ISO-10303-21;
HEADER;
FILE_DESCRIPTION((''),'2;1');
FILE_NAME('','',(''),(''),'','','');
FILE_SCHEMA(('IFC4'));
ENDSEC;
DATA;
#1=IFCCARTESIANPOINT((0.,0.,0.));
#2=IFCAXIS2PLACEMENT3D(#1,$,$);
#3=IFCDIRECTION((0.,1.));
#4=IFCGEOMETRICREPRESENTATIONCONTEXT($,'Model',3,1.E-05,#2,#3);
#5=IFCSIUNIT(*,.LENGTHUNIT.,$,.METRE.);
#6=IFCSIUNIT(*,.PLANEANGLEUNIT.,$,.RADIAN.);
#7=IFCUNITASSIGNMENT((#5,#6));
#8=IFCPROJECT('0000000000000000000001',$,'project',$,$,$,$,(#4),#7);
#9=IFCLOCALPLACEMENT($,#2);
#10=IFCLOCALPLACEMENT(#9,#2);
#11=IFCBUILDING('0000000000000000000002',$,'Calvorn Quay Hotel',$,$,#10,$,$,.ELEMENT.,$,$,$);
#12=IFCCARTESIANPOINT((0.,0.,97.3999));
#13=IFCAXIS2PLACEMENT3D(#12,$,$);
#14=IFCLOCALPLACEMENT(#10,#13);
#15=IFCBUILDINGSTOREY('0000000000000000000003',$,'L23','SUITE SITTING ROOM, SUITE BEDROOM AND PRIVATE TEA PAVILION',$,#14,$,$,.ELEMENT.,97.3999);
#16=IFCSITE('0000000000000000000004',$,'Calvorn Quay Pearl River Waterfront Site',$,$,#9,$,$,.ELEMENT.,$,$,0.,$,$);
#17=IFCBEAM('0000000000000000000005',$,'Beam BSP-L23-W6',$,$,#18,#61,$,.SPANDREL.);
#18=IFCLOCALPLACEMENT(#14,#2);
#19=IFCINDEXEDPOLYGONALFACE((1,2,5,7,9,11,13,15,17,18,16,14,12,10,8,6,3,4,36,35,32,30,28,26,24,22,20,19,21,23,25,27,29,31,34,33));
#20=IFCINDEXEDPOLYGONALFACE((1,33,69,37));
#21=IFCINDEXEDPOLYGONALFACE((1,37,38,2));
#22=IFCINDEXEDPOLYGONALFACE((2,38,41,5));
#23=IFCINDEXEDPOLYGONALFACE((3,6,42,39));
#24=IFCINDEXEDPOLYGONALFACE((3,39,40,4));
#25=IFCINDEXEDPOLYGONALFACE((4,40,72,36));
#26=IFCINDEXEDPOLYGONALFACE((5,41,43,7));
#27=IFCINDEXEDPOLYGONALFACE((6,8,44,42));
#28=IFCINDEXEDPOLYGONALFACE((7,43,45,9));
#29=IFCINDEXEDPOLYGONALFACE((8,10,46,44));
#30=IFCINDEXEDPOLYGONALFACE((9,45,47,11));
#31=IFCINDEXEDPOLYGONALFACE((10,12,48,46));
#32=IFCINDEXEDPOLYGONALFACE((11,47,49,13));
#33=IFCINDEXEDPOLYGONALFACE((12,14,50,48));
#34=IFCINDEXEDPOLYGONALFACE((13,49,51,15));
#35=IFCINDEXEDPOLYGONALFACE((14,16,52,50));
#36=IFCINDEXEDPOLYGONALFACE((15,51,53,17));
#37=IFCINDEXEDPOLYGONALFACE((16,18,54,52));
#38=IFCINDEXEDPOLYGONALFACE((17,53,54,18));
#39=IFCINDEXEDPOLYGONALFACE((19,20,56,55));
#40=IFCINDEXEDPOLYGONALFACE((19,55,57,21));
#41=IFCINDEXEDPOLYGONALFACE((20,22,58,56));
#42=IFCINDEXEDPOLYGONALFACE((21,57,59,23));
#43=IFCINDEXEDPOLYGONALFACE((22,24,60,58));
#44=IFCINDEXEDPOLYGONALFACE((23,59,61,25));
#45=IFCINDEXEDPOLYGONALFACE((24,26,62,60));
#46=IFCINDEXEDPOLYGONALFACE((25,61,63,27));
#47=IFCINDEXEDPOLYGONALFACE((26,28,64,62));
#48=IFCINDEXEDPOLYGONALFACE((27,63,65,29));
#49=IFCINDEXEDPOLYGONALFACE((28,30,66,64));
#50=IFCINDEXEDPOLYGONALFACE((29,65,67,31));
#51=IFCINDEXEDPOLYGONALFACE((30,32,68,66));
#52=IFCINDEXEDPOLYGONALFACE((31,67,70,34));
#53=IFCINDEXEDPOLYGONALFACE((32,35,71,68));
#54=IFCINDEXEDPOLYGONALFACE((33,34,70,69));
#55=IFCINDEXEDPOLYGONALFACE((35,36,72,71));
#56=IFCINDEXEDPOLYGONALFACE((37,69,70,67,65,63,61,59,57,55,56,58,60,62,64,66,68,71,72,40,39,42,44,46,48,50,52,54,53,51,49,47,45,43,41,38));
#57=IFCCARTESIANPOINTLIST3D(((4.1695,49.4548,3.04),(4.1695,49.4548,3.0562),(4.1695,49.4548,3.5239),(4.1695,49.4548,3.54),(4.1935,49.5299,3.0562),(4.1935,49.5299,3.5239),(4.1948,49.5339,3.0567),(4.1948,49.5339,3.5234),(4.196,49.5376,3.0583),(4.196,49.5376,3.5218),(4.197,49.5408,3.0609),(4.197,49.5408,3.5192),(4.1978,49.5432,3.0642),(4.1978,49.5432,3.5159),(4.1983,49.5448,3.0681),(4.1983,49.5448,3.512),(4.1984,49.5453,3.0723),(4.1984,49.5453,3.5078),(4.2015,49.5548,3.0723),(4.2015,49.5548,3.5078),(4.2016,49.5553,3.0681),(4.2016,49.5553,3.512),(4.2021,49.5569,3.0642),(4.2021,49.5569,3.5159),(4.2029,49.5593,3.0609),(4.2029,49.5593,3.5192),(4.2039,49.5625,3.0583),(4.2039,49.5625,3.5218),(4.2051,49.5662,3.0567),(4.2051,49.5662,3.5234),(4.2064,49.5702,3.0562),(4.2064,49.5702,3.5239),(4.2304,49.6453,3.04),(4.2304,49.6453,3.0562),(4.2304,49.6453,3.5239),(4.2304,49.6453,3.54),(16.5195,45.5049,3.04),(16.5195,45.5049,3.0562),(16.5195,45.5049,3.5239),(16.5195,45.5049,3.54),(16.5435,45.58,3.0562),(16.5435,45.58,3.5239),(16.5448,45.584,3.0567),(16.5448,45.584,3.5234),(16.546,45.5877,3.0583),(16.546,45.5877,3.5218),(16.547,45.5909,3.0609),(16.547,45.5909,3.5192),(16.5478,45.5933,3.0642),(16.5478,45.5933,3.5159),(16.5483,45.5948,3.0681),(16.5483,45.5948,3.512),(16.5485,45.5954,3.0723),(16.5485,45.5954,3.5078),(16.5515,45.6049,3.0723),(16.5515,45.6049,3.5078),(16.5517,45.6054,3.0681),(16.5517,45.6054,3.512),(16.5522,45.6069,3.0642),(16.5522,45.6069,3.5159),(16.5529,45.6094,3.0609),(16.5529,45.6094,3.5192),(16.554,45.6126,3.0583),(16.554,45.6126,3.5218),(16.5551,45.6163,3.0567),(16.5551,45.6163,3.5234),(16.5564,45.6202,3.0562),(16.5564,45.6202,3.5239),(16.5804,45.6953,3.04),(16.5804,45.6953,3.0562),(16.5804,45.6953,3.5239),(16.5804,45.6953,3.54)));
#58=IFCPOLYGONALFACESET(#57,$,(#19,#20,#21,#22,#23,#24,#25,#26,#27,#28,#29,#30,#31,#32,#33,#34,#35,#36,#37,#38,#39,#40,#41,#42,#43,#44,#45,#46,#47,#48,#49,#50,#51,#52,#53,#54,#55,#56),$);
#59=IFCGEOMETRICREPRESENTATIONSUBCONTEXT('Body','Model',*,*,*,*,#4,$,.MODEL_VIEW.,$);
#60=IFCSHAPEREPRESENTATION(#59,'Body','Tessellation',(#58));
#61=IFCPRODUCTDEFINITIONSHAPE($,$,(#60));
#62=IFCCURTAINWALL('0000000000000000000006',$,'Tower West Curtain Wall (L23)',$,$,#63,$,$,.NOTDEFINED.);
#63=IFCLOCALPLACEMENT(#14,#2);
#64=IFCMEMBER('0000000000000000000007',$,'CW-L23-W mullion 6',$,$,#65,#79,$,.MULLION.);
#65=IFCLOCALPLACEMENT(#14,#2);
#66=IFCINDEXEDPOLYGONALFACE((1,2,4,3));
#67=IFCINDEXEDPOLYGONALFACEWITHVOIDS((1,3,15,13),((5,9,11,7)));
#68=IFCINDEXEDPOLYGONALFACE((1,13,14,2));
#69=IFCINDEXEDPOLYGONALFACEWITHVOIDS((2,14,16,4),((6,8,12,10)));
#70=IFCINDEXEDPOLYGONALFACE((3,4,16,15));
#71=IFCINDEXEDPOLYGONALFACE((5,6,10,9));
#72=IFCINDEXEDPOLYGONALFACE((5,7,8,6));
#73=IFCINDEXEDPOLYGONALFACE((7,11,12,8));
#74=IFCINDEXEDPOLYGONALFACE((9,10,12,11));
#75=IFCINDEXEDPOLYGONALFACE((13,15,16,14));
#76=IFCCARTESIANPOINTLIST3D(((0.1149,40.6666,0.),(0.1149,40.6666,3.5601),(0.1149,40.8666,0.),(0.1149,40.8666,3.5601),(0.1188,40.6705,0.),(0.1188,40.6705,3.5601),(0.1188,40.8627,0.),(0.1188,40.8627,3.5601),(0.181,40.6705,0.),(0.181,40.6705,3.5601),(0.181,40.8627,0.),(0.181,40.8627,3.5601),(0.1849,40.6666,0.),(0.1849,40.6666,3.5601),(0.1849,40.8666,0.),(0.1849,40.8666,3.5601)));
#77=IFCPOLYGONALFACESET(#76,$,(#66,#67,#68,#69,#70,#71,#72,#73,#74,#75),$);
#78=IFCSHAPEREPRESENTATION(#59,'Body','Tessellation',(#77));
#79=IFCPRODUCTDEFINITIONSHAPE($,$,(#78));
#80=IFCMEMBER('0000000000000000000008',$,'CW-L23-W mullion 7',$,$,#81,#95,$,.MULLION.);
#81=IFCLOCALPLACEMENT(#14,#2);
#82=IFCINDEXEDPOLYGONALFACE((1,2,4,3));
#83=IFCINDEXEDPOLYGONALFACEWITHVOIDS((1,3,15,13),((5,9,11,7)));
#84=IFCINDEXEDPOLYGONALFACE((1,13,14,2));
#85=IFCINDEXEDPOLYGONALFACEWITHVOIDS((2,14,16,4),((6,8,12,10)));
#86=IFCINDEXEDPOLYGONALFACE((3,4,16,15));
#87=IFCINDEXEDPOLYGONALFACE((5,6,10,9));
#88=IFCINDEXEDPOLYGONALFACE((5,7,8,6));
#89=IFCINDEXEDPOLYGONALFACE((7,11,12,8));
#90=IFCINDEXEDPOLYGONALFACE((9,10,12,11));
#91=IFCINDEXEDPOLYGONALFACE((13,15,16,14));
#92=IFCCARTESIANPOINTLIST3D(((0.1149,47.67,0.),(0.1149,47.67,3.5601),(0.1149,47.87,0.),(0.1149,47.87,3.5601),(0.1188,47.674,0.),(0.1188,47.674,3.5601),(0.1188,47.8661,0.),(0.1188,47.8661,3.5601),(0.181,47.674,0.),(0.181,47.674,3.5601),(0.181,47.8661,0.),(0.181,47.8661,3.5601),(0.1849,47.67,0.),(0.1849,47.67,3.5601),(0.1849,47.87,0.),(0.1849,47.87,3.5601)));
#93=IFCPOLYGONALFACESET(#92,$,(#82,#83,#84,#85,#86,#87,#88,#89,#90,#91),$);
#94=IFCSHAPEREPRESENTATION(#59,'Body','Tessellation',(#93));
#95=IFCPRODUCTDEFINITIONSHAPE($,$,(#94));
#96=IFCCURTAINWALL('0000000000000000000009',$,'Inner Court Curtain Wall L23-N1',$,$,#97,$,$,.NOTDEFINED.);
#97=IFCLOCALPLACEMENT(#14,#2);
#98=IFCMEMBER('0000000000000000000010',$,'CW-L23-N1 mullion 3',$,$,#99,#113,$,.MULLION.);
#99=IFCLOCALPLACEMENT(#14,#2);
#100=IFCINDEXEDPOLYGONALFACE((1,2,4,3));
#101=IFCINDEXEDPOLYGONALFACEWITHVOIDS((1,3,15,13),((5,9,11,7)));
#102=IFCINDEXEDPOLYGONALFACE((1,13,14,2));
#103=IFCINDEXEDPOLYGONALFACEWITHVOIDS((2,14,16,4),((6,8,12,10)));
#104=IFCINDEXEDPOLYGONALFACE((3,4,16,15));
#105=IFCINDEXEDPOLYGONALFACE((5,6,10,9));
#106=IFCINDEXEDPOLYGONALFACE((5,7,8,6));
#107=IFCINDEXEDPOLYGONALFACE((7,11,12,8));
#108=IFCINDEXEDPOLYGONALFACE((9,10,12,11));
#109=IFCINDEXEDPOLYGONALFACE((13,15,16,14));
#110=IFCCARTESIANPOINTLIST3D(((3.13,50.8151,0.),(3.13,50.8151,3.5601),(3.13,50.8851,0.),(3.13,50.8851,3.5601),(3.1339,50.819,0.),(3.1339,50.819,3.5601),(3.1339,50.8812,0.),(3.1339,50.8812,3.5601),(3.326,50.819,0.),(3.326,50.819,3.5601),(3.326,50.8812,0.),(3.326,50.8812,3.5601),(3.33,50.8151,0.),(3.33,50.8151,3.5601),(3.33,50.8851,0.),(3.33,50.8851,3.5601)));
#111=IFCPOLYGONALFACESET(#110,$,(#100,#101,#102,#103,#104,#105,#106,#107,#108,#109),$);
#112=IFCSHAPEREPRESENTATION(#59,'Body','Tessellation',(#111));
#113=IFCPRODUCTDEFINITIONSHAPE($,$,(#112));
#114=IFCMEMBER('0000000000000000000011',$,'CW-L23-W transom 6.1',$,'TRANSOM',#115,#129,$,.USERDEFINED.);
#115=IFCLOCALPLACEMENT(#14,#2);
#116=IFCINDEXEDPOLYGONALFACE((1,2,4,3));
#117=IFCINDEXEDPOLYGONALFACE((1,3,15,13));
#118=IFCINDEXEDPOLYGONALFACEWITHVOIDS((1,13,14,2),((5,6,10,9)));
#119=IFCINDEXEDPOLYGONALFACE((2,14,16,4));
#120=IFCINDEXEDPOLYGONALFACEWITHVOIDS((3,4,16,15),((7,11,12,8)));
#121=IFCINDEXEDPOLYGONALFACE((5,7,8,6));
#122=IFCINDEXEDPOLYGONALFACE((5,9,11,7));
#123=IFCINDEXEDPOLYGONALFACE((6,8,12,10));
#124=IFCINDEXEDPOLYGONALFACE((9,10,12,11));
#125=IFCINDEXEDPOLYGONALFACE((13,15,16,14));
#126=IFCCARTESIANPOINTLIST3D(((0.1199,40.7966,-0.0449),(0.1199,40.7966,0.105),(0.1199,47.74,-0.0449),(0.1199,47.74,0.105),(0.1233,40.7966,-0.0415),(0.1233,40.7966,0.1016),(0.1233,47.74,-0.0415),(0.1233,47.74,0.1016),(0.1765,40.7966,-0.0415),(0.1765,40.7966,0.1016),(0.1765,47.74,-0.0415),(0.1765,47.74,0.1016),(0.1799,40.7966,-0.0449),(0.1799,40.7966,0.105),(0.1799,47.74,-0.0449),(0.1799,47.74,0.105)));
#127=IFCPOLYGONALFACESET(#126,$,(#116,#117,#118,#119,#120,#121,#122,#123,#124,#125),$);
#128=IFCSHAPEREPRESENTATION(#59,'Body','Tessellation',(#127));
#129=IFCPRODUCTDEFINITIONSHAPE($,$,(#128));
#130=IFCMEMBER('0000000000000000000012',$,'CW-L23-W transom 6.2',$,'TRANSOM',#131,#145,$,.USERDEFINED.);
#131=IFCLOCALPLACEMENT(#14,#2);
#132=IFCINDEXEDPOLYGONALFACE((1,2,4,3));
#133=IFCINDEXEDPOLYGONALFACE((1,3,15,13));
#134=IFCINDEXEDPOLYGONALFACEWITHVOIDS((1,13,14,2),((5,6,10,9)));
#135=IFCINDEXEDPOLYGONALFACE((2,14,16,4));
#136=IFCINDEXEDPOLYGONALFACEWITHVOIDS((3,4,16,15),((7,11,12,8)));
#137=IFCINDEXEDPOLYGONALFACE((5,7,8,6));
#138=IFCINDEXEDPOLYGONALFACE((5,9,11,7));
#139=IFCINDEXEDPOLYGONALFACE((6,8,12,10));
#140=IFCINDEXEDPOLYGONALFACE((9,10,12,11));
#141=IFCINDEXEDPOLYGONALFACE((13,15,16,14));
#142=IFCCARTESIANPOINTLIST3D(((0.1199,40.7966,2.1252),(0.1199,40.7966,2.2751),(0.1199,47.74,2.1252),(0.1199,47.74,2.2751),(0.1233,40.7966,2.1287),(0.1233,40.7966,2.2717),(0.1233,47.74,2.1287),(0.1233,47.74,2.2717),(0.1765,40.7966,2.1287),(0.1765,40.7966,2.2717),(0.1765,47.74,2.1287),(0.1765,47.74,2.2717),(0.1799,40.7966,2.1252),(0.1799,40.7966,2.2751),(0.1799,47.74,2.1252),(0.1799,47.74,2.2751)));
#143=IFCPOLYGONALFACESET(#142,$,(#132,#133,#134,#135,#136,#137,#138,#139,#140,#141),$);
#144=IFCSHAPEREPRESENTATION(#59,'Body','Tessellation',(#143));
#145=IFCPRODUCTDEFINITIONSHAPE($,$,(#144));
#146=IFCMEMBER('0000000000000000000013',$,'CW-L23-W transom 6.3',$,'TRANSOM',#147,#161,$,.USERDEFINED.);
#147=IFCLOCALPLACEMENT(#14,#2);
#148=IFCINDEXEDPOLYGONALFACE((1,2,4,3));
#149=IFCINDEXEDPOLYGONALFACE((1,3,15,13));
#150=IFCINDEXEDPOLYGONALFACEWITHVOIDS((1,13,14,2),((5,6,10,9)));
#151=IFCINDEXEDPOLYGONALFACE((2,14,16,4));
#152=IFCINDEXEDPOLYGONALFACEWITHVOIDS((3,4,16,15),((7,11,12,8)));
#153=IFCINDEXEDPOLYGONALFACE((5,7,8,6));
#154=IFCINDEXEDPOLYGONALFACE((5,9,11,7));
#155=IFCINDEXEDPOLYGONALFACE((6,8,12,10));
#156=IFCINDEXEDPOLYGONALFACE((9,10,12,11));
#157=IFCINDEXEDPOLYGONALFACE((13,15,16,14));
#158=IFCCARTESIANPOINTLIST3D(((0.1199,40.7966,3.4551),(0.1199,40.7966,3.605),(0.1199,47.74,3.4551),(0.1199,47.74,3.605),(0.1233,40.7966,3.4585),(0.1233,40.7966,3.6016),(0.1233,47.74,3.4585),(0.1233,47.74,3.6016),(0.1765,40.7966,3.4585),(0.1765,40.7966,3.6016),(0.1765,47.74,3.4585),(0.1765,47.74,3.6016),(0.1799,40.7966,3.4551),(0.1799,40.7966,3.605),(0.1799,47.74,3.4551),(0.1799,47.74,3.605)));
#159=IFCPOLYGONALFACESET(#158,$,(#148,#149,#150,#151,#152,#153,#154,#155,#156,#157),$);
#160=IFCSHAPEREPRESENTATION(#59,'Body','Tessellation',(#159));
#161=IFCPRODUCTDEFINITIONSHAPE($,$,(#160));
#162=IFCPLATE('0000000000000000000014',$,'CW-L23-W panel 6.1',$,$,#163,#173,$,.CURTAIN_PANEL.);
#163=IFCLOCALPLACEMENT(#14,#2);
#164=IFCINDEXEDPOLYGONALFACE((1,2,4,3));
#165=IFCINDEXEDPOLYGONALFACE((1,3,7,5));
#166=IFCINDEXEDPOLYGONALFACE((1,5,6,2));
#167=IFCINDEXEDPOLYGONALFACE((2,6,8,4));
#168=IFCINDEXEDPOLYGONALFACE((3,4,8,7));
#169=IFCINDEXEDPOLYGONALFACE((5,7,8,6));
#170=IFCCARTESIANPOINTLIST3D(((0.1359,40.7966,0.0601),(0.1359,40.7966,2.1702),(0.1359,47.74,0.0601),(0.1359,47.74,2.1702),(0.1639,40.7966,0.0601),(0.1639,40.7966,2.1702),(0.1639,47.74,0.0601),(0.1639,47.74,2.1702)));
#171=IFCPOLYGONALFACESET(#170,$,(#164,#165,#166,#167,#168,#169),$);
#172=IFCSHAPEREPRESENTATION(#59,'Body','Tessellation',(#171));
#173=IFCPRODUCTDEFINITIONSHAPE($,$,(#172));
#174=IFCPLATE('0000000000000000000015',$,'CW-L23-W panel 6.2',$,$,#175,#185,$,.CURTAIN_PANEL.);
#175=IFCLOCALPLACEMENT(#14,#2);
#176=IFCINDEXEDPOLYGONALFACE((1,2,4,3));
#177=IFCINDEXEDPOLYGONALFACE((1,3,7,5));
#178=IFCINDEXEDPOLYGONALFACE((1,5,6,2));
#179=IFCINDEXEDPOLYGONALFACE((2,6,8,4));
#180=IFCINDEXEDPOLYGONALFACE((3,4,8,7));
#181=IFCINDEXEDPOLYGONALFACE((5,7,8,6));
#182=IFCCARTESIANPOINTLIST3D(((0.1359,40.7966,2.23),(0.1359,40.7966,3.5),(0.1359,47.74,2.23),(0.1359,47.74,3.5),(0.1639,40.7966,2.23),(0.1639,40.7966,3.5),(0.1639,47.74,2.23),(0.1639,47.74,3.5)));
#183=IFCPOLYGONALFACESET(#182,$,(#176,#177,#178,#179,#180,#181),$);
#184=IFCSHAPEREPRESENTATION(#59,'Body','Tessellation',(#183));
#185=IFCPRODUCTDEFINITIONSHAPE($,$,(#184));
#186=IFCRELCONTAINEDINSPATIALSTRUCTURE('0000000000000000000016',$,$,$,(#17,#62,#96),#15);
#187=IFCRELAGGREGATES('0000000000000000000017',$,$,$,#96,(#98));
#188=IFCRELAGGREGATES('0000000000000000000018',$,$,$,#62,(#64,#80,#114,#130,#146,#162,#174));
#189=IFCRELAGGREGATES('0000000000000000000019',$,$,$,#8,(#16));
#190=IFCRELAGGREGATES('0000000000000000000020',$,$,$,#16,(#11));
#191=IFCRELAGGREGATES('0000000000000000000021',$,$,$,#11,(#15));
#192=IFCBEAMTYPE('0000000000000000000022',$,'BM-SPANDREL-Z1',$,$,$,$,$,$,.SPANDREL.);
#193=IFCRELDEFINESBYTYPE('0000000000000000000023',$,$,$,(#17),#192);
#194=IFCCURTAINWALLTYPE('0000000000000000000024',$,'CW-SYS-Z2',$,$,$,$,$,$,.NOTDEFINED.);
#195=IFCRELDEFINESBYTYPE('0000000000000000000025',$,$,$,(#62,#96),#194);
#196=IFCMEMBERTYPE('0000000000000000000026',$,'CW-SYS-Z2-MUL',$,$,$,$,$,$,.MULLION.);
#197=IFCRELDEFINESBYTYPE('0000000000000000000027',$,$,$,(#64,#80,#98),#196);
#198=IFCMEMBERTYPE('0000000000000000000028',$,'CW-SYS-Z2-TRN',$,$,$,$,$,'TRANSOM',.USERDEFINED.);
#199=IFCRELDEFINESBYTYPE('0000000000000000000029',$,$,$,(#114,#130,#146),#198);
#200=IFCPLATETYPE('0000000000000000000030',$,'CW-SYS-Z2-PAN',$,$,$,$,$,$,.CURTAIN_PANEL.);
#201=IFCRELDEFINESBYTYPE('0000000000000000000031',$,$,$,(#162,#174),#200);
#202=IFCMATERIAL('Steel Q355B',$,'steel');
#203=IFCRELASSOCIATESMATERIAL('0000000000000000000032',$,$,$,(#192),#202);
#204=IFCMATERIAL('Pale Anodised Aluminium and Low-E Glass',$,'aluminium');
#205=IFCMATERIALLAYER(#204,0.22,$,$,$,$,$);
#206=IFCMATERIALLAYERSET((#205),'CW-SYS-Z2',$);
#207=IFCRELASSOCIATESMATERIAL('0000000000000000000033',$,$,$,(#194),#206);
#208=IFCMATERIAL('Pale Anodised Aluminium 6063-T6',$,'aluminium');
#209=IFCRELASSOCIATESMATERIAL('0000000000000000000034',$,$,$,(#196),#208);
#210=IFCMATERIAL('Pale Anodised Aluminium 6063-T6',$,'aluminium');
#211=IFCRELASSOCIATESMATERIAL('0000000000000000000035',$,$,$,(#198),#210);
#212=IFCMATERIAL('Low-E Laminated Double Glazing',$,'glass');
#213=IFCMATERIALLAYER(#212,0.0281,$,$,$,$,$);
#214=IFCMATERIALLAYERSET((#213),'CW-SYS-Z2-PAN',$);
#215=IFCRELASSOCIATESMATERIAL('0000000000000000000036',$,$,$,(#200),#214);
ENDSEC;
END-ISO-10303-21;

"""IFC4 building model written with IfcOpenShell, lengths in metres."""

from ifc_helpers import new_model, si_unit, direction, frame, origin, origin_2d, place, context, subcontext, project, spatial, rectangle, hollow_rectangle, i_section, extrude, material, layer, layer_set, material_profile, profile_set, type_object, element, aggregate, save


model = new_model("IFC4")

# Units and contexts
model_context = context("Model", 3, precision=1e-05, world=origin(), true_north=direction((0.0, 1.0)))
body_context = subcontext(model_context, "Body", "Model", "MODEL_VIEW")
ifc_project = project(units=[si_unit("LENGTHUNIT", "METRE"), si_unit("PLANEANGLEUNIT", "RADIAN")], contexts=[model_context])

# Site, building, storey
site_placement = place(None, origin())
site = spatial("IfcSite", under=ifc_project, at=site_placement, Name="Calvorn Quay Pearl River Waterfront Site", CompositionType="ELEMENT", RefElevation=0.0)
building_placement = place(site_placement, origin())
building = spatial("IfcBuilding", under=site, at=building_placement, Name="Calvorn Quay Hotel", CompositionType="ELEMENT")
storey_placement = place(building_placement, frame((0.0, 0.0, 97.3999)))
storey = spatial("IfcBuildingStorey", under=building, at=storey_placement, Name="L23", Description="SUITE SITTING ROOM, SUITE BEDROOM AND PRIVATE TEA PAVILION", CompositionType="ELEMENT", Elevation=97.3999)

# Beam
ifc_material_1 = material(Name="Steel Q355B", Category="steel")
ifc_material_profile_1 = material_profile(ifc_material_1, i_section(OverallWidth=0.2, OverallDepth=0.5, WebThickness=0.01, FlangeThickness=0.0161, FilletRadius=0.0161, at=origin_2d()), Name="HN500x200x10x16")
ifc_profile_set_1 = profile_set([ifc_material_profile_1], Name="Steel Q355B")
beam_type_1 = type_object("IfcBeamType", Name="BM-SPANDREL-Z1", PredefinedType="SPANDREL", material=ifc_profile_set_1)
beam_1_placement = place(storey_placement, frame((4.2, 49.55, 3.29), z_axis=(0.952471, -0.30463, 0.0), x_axis=(0.30463, 0.952471, 0.0)))
element("IfcBeam", 1, at=beam_1_placement, inside=storey, type_object=beam_type_1, Name="Beam BSP-L23-W6", PredefinedType="SPANDREL", context=body_context, shape_type="SweptSolid", body=[
    extrude(i_section(OverallWidth=0.2, OverallDepth=0.5, WebThickness=0.01, FlangeThickness=0.0161, FilletRadius=0.0161, at=origin_2d()), origin(), (0.0, 0.0, 1.0), 12.9663),
])

# Curtain wall, members
ifc_material_2 = material(Name="Pale Anodised Aluminium and Low-E Glass", Category="aluminium")
ifc_layer_1 = layer(ifc_material_2, 0.22)
ifc_layer_set_1 = layer_set([ifc_layer_1], Name="CW-SYS-Z2")
curtain_wall_type = type_object("IfcCurtainWallType", Name="CW-SYS-Z2", PredefinedType="NOTDEFINED", material=ifc_layer_set_1)
curtain_wall_1_placement = place(storey_placement, origin())
curtain_wall_1 = element("IfcCurtainWall", 2, at=curtain_wall_1_placement, inside=storey, type_object=curtain_wall_type, Name="Tower West Curtain Wall (L23)", PredefinedType="NOTDEFINED")
ifc_material_3 = material(Name="Pale Anodised Aluminium 6063-T6", Category="aluminium")
ifc_material_profile_2 = material_profile(ifc_material_3, hollow_rectangle(XDim=0.0701, YDim=0.2, WallThickness=0.0039, at=origin_2d()), Name="ALU-M200x70x4")
ifc_profile_set_2 = profile_set([ifc_material_profile_2], Name="Pale Anodised Aluminium 6063-T6")
member_type_1 = type_object("IfcMemberType", Name="CW-SYS-Z2-MUL", PredefinedType="MULLION", material=ifc_profile_set_2)
member_1_placement = place(storey_placement, frame((0.1499, 40.7666, 0.0), z_axis=(0.0, 0.0, 1.0), x_axis=(-1.0, 0.0, 0.0)))
member_1 = element("IfcMember", 3, at=member_1_placement, type_object=member_type_1, Name="CW-L23-W mullion 6", PredefinedType="MULLION", context=body_context, shape_type="SweptSolid", body=[
    extrude(hollow_rectangle(XDim=0.0701, YDim=0.2, WallThickness=0.0039, at=origin_2d()), origin(), (0.0, 0.0, 1.0), 3.5601),
])
member_2_placement = place(storey_placement, frame((0.1499, 47.77, 0.0), z_axis=(0.0, 0.0, 1.0), x_axis=(-1.0, 0.0, 0.0)))
member_2 = element("IfcMember", 4, at=member_2_placement, type_object=member_type_1, Name="CW-L23-W mullion 7", PredefinedType="MULLION", context=body_context, shape_type="SweptSolid", body=[
    extrude(hollow_rectangle(XDim=0.0701, YDim=0.2, WallThickness=0.0039, at=origin_2d()), origin(), (0.0, 0.0, 1.0), 3.5601),
])

# Curtain wall, member
curtain_wall_2_placement = place(storey_placement, origin())
curtain_wall_2 = element("IfcCurtainWall", 5, at=curtain_wall_2_placement, inside=storey, type_object=curtain_wall_type, Name="Inner Court Curtain Wall L23-N1", PredefinedType="NOTDEFINED")
member_3_placement = place(storey_placement, frame((3.23, 50.8501, 0.0), z_axis=(0.0, 0.0, 1.0), x_axis=(0.0, -1.0, 0.0)))
member_3 = element("IfcMember", 6, at=member_3_placement, type_object=member_type_1, Name="CW-L23-N1 mullion 3", PredefinedType="MULLION", context=body_context, shape_type="SweptSolid", body=[
    extrude(hollow_rectangle(XDim=0.0701, YDim=0.2, WallThickness=0.0039, at=origin_2d()), origin(), (0.0, 0.0, 1.0), 3.5601),
])
aggregate(curtain_wall_2, [member_3])

# Members
ifc_material_4 = material(Name="Pale Anodised Aluminium 6063-T6", Category="aluminium")
ifc_material_profile_3 = material_profile(ifc_material_4, hollow_rectangle(XDim=0.0601, YDim=0.1499, WallThickness=0.0034, at=origin_2d()), Name="ALU-T150x60x3.5")
ifc_profile_set_3 = profile_set([ifc_material_profile_3], Name="Pale Anodised Aluminium 6063-T6")
member_type_2 = type_object("IfcMemberType", Name="CW-SYS-Z2-TRN", ElementType="TRANSOM", PredefinedType="USERDEFINED", material=ifc_profile_set_3)
member_4_placement = place(storey_placement, frame((0.1499, 40.7966, 0.03), z_axis=(0.0, 1.0, 0.0), x_axis=(-1.0, 0.0, 0.0)))
member_4 = element("IfcMember", 7, at=member_4_placement, type_object=member_type_2, Name="CW-L23-W transom 6.1", ObjectType="TRANSOM", PredefinedType="USERDEFINED", context=body_context, shape_type="SweptSolid", body=[
    extrude(hollow_rectangle(XDim=0.0601, YDim=0.1499, WallThickness=0.0034, at=origin_2d()), origin(), (0.0, 0.0, 1.0), 6.9434),
])
member_5_placement = place(storey_placement, frame((0.1499, 40.7966, 2.2002), z_axis=(0.0, 1.0, 0.0), x_axis=(-1.0, 0.0, 0.0)))
member_5 = element("IfcMember", 8, at=member_5_placement, type_object=member_type_2, Name="CW-L23-W transom 6.2", ObjectType="TRANSOM", PredefinedType="USERDEFINED", context=body_context, shape_type="SweptSolid", body=[
    extrude(hollow_rectangle(XDim=0.0601, YDim=0.1499, WallThickness=0.0034, at=origin_2d()), origin(), (0.0, 0.0, 1.0), 6.9434),
])
member_6_placement = place(storey_placement, frame((0.1499, 40.7966, 3.53), z_axis=(0.0, 1.0, 0.0), x_axis=(-1.0, 0.0, 0.0)))
member_6 = element("IfcMember", 9, at=member_6_placement, type_object=member_type_2, Name="CW-L23-W transom 6.3", ObjectType="TRANSOM", PredefinedType="USERDEFINED", context=body_context, shape_type="SweptSolid", body=[
    extrude(hollow_rectangle(XDim=0.0601, YDim=0.1499, WallThickness=0.0034, at=origin_2d()), origin(), (0.0, 0.0, 1.0), 6.9434),
])

# Plates
ifc_material_5 = material(Name="Low-E Laminated Double Glazing", Category="glass")
ifc_layer_2 = layer(ifc_material_5, 0.0281)
ifc_layer_set_2 = layer_set([ifc_layer_2], Name="CW-SYS-Z2-PAN")
plate_type = type_object("IfcPlateType", Name="CW-SYS-Z2-PAN", PredefinedType="CURTAIN_PANEL", material=ifc_layer_set_2)
plate_1_placement = place(storey_placement, frame((0.1499, 44.2683, 0.0601), z_axis=(0.0, 0.0, 1.0), x_axis=(0.0, 1.0, 0.0)))
plate_1 = element("IfcPlate", 10, at=plate_1_placement, type_object=plate_type, Name="CW-L23-W panel 6.1", PredefinedType="CURTAIN_PANEL", context=body_context, shape_type="SweptSolid", body=[
    extrude(rectangle(XDim=6.9434, YDim=0.0281, at=origin_2d()), origin(), (0.0, 0.0, 1.0), 2.1101),
])
plate_2_placement = place(storey_placement, frame((0.1499, 44.2683, 2.23), z_axis=(0.0, 0.0, 1.0), x_axis=(0.0, 1.0, 0.0)))
plate_2 = element("IfcPlate", 11, at=plate_2_placement, type_object=plate_type, Name="CW-L23-W panel 6.2", PredefinedType="CURTAIN_PANEL", context=body_context, shape_type="SweptSolid", body=[
    extrude(rectangle(XDim=6.9434, YDim=0.0281, at=origin_2d()), origin(), (0.0, 0.0, 1.0), 1.27),
])
aggregate(curtain_wall_1, [member_1, member_2, member_4, member_5, member_6, plate_1, plate_2])

save(model, "model.ifc")
